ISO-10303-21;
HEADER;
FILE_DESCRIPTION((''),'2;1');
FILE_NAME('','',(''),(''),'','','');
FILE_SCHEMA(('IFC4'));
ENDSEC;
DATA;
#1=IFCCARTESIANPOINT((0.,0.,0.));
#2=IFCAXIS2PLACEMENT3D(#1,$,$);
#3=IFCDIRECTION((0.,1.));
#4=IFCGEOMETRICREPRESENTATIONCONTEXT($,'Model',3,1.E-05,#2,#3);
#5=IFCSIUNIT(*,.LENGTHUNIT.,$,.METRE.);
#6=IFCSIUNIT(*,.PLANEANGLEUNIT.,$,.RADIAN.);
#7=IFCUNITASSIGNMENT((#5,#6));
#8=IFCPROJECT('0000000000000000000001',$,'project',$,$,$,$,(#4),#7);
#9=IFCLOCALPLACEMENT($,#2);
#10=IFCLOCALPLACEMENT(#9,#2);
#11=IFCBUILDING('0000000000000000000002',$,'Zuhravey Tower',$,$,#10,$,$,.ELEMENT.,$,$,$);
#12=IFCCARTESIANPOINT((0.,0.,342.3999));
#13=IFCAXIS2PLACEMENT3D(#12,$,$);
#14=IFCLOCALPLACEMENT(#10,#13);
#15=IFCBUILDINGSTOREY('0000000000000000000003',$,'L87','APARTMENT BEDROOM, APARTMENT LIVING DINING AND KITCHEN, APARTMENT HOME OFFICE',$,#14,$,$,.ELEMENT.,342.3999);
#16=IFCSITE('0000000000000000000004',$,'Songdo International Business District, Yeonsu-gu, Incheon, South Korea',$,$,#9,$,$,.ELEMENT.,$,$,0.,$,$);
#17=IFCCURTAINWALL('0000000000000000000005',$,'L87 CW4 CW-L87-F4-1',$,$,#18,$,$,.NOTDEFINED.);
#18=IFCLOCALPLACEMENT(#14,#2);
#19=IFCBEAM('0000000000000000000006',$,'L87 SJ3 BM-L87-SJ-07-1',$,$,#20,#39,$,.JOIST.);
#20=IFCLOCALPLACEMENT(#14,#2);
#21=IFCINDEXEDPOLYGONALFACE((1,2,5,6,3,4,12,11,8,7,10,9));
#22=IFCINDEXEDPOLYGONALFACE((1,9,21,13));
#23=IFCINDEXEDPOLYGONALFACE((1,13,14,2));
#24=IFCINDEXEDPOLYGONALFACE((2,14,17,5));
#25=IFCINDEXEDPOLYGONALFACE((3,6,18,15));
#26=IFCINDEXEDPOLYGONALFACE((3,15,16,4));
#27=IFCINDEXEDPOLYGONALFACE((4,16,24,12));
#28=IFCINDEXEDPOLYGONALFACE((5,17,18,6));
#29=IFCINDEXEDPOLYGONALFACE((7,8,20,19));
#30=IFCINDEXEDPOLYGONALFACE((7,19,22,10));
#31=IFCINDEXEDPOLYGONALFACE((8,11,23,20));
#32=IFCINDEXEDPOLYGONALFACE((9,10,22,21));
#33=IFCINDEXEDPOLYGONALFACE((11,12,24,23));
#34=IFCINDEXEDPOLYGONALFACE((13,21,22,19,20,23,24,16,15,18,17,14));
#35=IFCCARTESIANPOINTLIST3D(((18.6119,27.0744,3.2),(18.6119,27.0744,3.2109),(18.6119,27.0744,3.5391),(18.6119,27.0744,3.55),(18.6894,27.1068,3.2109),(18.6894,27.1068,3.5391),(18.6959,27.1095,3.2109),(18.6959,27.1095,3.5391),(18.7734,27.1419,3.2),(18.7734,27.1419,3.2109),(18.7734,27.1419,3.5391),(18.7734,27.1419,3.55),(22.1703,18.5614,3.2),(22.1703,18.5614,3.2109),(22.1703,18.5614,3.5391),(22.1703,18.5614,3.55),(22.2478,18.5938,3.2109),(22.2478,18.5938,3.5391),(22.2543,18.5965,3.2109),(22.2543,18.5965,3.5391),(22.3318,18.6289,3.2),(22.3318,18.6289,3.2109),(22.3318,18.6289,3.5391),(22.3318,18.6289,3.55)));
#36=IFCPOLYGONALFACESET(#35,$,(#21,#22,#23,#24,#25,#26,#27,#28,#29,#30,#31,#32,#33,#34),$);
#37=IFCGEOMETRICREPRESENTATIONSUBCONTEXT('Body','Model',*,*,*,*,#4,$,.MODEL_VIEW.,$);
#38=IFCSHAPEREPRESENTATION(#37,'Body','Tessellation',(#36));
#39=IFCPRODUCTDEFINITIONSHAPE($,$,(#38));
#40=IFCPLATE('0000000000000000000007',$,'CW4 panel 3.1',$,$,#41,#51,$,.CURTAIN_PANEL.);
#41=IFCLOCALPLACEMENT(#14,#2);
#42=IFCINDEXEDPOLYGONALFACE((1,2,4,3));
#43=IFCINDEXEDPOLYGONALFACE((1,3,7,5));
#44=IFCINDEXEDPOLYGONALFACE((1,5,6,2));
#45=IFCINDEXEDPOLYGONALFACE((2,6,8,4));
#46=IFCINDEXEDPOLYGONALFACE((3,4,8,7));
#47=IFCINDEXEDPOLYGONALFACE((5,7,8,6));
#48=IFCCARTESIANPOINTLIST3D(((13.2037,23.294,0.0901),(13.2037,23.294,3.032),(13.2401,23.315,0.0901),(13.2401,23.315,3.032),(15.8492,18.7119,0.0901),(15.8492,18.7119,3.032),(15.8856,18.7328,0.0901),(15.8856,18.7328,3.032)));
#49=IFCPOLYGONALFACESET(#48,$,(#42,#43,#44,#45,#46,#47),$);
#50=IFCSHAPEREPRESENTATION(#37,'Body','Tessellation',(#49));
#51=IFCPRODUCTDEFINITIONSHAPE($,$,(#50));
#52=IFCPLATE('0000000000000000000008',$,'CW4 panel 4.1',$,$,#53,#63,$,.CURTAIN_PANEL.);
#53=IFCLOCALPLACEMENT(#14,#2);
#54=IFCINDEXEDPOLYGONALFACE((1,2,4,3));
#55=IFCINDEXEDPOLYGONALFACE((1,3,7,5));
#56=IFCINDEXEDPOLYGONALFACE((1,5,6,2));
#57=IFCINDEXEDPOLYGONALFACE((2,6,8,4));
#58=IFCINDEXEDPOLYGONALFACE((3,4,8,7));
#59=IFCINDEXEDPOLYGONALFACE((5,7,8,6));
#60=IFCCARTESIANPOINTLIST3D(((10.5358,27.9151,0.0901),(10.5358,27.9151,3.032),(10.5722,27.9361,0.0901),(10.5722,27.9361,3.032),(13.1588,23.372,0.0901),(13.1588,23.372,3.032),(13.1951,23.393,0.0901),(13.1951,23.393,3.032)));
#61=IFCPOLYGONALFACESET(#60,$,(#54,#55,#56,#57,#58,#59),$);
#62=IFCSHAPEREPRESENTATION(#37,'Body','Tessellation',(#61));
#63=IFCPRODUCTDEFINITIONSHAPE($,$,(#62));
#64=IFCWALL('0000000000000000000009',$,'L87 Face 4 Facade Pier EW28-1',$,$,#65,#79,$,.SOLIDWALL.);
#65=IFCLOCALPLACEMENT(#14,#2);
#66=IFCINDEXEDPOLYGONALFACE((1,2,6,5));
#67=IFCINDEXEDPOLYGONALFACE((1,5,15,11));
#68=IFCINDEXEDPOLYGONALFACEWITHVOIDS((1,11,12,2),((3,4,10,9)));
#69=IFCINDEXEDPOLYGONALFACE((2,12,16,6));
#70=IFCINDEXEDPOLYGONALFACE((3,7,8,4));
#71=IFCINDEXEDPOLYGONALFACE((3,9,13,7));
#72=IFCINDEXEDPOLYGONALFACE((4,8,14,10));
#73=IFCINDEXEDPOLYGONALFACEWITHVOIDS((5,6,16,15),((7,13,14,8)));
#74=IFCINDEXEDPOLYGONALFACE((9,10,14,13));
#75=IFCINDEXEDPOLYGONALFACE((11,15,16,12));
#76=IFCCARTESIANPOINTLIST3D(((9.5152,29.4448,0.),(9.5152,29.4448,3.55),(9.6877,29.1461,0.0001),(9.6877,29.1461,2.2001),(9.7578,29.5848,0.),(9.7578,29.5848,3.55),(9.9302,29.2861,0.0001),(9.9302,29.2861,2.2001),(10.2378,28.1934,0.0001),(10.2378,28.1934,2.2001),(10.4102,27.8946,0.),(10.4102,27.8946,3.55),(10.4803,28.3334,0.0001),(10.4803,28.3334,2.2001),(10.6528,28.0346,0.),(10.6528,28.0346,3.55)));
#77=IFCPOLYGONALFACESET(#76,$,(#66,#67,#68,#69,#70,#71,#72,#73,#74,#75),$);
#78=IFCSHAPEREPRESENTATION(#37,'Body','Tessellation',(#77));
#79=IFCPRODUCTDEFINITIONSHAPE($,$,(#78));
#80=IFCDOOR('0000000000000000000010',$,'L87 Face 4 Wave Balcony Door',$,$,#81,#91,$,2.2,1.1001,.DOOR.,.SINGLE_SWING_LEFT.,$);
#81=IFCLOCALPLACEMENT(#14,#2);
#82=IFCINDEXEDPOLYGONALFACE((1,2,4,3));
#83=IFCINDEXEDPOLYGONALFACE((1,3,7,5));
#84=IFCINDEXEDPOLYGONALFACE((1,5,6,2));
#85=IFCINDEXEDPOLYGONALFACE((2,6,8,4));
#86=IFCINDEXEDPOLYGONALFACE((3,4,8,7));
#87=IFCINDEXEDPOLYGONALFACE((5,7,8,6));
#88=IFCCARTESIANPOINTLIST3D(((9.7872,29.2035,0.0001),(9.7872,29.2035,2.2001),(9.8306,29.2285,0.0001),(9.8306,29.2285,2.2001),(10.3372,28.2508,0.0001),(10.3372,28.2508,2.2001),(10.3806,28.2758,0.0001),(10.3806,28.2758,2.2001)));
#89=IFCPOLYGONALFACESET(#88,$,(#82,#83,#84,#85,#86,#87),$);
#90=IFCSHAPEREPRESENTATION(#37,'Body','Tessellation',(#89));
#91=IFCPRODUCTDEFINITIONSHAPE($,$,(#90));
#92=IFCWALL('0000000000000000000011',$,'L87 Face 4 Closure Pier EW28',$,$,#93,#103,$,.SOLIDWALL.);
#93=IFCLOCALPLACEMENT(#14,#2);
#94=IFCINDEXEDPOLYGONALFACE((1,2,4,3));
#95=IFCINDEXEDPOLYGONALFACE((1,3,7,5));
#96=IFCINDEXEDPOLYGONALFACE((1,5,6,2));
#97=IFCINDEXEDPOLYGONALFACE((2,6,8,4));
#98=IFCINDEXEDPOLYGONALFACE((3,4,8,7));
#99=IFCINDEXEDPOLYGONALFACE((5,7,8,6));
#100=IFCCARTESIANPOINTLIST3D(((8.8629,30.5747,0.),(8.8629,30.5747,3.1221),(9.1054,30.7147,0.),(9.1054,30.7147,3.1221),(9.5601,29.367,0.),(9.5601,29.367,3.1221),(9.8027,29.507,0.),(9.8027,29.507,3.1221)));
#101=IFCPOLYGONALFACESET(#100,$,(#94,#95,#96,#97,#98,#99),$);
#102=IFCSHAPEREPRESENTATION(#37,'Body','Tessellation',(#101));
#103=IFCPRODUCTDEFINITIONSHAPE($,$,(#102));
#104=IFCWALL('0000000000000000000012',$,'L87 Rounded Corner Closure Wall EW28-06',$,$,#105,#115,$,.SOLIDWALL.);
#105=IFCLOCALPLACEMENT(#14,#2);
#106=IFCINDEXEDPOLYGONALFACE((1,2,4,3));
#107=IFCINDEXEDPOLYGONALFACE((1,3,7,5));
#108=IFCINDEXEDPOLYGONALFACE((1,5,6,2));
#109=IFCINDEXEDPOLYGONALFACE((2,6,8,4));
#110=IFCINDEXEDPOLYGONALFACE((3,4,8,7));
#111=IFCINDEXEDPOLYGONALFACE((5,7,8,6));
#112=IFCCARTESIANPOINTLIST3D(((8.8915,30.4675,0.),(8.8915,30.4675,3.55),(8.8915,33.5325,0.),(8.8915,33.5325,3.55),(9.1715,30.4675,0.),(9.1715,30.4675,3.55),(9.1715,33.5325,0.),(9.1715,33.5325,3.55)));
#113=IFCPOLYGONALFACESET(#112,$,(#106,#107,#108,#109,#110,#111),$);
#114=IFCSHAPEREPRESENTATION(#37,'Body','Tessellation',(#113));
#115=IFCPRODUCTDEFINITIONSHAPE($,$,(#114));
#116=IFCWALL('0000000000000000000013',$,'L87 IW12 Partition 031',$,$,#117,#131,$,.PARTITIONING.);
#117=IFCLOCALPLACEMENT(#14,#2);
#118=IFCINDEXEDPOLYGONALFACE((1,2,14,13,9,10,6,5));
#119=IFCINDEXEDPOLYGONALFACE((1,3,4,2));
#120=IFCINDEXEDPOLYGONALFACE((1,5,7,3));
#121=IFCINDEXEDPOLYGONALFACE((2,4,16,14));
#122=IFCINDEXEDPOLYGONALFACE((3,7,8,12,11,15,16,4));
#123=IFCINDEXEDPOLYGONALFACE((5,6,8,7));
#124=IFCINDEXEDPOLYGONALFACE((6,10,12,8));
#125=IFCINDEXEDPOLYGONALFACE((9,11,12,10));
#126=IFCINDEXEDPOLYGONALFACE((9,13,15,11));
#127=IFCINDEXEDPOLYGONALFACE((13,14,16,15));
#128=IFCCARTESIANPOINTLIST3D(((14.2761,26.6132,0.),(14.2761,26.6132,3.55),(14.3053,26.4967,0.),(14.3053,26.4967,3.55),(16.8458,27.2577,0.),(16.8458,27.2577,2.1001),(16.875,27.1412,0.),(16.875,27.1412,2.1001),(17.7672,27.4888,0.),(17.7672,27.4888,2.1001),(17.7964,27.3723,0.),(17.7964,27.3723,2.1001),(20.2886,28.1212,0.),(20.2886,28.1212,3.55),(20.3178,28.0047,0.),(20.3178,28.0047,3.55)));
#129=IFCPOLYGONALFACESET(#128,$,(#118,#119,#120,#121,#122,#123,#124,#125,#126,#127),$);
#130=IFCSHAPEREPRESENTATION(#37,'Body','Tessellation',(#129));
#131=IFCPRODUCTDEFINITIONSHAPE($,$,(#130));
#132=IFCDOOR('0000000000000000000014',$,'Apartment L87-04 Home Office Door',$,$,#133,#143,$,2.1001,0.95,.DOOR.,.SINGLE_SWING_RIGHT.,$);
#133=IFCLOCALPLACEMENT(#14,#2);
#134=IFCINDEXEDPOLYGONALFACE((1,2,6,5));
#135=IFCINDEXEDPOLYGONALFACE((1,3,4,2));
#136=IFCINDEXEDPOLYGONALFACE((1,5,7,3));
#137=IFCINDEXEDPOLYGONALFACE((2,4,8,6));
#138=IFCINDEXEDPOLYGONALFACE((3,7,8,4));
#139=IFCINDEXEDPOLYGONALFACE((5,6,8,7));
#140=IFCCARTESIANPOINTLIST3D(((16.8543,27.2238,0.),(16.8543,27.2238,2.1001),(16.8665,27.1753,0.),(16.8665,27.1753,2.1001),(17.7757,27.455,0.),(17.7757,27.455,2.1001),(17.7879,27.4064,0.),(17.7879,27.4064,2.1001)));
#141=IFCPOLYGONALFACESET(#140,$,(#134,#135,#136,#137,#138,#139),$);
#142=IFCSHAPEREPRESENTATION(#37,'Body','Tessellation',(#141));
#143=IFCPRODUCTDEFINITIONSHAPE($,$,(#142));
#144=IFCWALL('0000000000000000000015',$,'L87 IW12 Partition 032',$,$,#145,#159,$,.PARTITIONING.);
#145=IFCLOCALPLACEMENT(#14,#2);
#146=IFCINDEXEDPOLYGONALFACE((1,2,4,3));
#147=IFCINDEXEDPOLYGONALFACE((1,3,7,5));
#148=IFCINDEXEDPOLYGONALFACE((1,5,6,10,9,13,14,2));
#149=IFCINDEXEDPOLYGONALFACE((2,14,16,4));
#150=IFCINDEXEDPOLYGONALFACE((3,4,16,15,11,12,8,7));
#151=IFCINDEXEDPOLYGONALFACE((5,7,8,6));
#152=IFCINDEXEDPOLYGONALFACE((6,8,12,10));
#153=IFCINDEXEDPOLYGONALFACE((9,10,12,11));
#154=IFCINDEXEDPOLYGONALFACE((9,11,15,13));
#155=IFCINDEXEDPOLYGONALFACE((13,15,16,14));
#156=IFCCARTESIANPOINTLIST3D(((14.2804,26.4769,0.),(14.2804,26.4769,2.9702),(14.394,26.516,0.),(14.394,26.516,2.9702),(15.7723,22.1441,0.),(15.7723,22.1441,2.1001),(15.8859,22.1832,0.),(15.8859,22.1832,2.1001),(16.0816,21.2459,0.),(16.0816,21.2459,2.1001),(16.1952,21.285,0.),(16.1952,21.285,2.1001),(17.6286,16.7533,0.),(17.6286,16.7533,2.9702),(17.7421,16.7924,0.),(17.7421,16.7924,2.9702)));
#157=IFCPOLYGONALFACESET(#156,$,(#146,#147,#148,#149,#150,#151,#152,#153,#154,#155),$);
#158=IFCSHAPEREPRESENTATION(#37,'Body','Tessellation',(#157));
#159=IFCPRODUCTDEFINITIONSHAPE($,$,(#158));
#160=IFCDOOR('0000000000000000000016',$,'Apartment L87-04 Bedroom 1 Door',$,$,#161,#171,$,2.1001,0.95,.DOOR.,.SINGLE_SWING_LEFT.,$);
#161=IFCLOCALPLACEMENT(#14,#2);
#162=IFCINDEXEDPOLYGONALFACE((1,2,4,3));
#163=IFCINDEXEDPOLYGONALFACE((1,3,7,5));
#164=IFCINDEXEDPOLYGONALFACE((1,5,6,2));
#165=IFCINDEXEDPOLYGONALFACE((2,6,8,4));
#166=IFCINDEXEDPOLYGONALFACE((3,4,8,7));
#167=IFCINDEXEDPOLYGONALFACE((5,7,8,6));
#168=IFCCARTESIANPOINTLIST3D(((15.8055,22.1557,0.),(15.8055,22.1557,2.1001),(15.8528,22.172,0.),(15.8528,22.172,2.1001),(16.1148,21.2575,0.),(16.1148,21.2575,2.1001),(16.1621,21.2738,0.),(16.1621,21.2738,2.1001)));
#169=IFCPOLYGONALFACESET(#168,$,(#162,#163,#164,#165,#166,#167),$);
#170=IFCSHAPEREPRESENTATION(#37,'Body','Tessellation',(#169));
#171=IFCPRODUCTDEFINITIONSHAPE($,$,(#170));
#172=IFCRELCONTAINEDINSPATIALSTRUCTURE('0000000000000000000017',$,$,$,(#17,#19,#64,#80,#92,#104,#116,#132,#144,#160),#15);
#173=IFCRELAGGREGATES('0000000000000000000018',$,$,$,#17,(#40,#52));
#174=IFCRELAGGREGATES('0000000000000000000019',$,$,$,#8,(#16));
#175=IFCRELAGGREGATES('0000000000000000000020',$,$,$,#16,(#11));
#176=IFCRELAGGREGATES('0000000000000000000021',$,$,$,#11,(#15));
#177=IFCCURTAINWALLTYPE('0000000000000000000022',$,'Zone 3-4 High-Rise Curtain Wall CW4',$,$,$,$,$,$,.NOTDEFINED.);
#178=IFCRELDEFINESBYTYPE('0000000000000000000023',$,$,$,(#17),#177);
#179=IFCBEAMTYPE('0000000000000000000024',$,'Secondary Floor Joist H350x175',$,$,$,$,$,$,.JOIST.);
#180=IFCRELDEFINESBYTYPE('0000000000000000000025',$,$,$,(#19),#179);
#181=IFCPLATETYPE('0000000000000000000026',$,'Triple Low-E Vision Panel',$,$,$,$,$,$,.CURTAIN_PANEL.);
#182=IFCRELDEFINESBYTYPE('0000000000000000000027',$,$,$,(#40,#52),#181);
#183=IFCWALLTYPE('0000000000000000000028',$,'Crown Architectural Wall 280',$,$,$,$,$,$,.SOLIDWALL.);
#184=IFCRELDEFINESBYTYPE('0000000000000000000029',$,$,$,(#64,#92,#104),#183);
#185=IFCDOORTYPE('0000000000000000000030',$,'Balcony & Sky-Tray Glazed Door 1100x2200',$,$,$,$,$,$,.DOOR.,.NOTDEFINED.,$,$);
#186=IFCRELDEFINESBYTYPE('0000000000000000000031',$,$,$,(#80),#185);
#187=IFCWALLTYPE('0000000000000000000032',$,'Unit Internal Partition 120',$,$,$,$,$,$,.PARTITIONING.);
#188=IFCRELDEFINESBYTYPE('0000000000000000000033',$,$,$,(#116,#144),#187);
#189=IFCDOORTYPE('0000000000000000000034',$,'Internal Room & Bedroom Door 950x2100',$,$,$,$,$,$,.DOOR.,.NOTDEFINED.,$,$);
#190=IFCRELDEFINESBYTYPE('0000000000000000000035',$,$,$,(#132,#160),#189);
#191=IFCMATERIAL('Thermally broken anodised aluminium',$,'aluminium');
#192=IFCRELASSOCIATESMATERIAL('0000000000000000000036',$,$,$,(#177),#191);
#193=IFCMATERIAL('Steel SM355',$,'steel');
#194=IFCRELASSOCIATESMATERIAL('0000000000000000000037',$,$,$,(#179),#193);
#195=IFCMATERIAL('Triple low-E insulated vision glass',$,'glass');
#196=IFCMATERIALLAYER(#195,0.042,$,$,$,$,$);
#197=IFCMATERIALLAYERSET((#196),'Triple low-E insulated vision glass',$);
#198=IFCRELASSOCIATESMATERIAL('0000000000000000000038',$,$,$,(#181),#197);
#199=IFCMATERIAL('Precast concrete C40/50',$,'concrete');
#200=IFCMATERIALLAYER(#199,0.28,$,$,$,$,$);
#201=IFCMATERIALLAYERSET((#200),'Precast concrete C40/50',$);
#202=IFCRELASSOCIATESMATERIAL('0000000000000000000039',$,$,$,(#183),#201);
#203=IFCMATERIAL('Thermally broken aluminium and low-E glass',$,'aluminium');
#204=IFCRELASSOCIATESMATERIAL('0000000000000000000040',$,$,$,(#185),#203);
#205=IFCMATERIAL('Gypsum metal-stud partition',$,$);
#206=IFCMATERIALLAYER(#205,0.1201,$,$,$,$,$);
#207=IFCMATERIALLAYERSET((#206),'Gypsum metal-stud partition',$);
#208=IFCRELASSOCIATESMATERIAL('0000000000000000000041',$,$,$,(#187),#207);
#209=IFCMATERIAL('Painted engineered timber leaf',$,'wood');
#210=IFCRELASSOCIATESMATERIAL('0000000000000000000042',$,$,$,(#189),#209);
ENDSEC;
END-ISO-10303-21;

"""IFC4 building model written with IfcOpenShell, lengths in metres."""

from ifc_helpers import new_model, si_unit, direction, frame, frame_2d, origin, origin_2d, place, context, subcontext, project, spatial, rectangle, i_section, extrude, material, layer, layer_set, material_profile, profile_set, type_object, element, fill, aggregate, save


model = new_model("IFC4")

# Units and contexts
model_context = context("Model", 3, precision=1e-05, world=origin(), true_north=direction((0.0, 1.0)))
body_context = subcontext(model_context, "Body", "Model", "MODEL_VIEW")
ifc_project = project(units=[si_unit("LENGTHUNIT", "METRE"), si_unit("PLANEANGLEUNIT", "RADIAN")], contexts=[model_context])

# Site, building, storey
site_placement = place(None, origin())
site = spatial("IfcSite", under=ifc_project, at=site_placement, Name="Songdo International Business District, Yeonsu-gu, Incheon, South Korea", CompositionType="ELEMENT", RefElevation=0.0)
building_placement = place(site_placement, origin())
building = spatial("IfcBuilding", under=site, at=building_placement, Name="Zuhravey Tower", CompositionType="ELEMENT")
storey_placement = place(building_placement, frame((0.0, 0.0, 342.3999)))
storey = spatial("IfcBuildingStorey", under=building, at=storey_placement, Name="L87", Description="APARTMENT BEDROOM, APARTMENT LIVING DINING AND KITCHEN, APARTMENT HOME OFFICE", CompositionType="ELEMENT", Elevation=342.3999)

# Curtain wall
ifc_material_1 = material(Name="Thermally broken anodised aluminium", Category="aluminium")
curtain_wall_type = type_object("IfcCurtainWallType", Name="Zone 3-4 High-Rise Curtain Wall CW4", PredefinedType="NOTDEFINED", material=ifc_material_1)
curtain_wall_placement = place(storey_placement, origin())
curtain_wall = element("IfcCurtainWall", 1, at=curtain_wall_placement, inside=storey, type_object=curtain_wall_type, Name="L87 CW4 CW-L87-F4-1", PredefinedType="NOTDEFINED")

# Beam
ifc_material_2 = material(Name="Steel SM355", Category="steel")
ifc_material_profile_1 = material_profile(ifc_material_2, i_section(OverallWidth=0.175, OverallDepth=0.3501, WebThickness=0.0071, FlangeThickness=0.011, at=origin_2d()), Name="H-350x175x7x11")
ifc_profile_set_1 = profile_set([ifc_material_profile_1], Name="Steel SM355")
beam_type_1 = type_object("IfcBeamType", Name="Secondary Floor Joist H350x175", PredefinedType="JOIST", material=ifc_profile_set_1)
beam_1_placement = place(storey_placement, frame((18.6926, 27.1082, 3.375), z_axis=(0.385658, -0.922642, 0.0), x_axis=(0.922642, 0.385658, 0.0)))
element("IfcBeam", 2, at=beam_1_placement, inside=storey, type_object=beam_type_1, Name="L87 SJ3 BM-L87-SJ-07-1", PredefinedType="JOIST", context=body_context, shape_type="SweptSolid", body=[
    extrude(i_section(OverallWidth=0.175, OverallDepth=0.3501, WebThickness=0.0071, FlangeThickness=0.011, at=origin_2d()), origin(), (0.0, 0.0, 1.0), 9.2268),
])

# Plates
ifc_material_3 = material(Name="Triple low-E insulated vision glass", Category="glass")
ifc_layer_1 = layer(ifc_material_3, 0.042)
ifc_layer_set_1 = layer_set([ifc_layer_1], Name="Triple low-E insulated vision glass")
plate_type = type_object("IfcPlateType", Name="Triple Low-E Vision Panel", PredefinedType="CURTAIN_PANEL", material=ifc_layer_set_1)
plate_1_placement = place(storey_placement, frame((14.5447, 21.0134, 0.0901), z_axis=(0.0, 0.0, 1.0), x_axis=(-0.499999, 0.866026, 0.0)))
plate_1 = element("IfcPlate", 3, at=plate_1_placement, type_object=plate_type, Name="CW4 panel 3.1", PredefinedType="CURTAIN_PANEL", context=body_context, shape_type="SweptSolid", body=[
    extrude(rectangle(XDim=5.291, YDim=0.042, at=origin_2d()), origin(), (0.0, 0.0, 1.0), 2.9419),
])
plate_2_placement = place(storey_placement, frame((11.8655, 25.6541, 0.0901), z_axis=(0.0, 0.0, 1.0), x_axis=(-0.499999, 0.866026, 0.0)))
plate_2 = element("IfcPlate", 4, at=plate_2_placement, type_object=plate_type, Name="CW4 panel 4.1", PredefinedType="CURTAIN_PANEL", context=body_context, shape_type="SweptSolid", body=[
    extrude(rectangle(XDim=5.2458, YDim=0.042, at=origin_2d()), origin(), (0.0, 0.0, 1.0), 2.9419),
])
aggregate(curtain_wall, [plate_1, plate_2])

# Wall, opening, door
ifc_material_4 = material(Name="Precast concrete C40/50", Category="concrete")
ifc_layer_2 = layer(ifc_material_4, 0.28)
ifc_layer_set_2 = layer_set([ifc_layer_2], Name="Precast concrete C40/50")
wall_type_1 = type_object("IfcWallType", Name="Crown Architectural Wall 280", PredefinedType="SOLIDWALL", material=ifc_layer_set_2)
wall_1_placement = place(storey_placement, frame((10.5315, 27.9646, 0.0), z_axis=(0.0, 0.0, 1.0), x_axis=(-0.499982, 0.866036, 0.0)))
wall_1 = element("IfcWall", 5, at=wall_1_placement, inside=storey, type_object=wall_type_1, Name="L87 Face 4 Facade Pier EW28-1", PredefinedType="SOLIDWALL", context=body_context, shape_type="SweptSolid", body=[
    extrude(rectangle(XDim=1.79, YDim=0.28, at=frame_2d((0.895, 0.0))), origin(), (0.0, 0.0, 1.0), 3.55),
])
opening_1_placement = place(wall_1_placement, frame((0.345, 0.0, 0.0)))
opening_1 = element("IfcOpeningElement", 6, at=opening_1_placement, cuts=wall_1, PredefinedType="OPENING", context=body_context, shape_type="SweptSolid", body=[
    extrude(rectangle(XDim=1.1001, YDim=2.2, at=frame_2d((0.55, 1.1001))), frame((0.0, 0.1521, 0.0), z_axis=(0.0, -1.0, 0.0), x_axis=(1.0, 0.0, 0.0)), (0.0, 0.0, 1.0), 0.304),
])
ifc_material_5 = material(Name="Thermally broken aluminium and low-E glass", Category="aluminium")
door_type_1 = type_object("IfcDoorType", Name="Balcony & Sky-Tray Glazed Door 1100x2200", OperationType="NOTDEFINED", PredefinedType="DOOR", material=ifc_material_5)
door_1_placement = place(opening_1_placement, frame((1.1001, 0.0, 0.0), z_axis=(0.0, 0.0, 1.0), x_axis=(-1.0, 0.0, 0.0)))
door_1 = element("IfcDoor", 7, at=door_1_placement, inside=storey, type_object=door_type_1, Name="L87 Face 4 Wave Balcony Door", OperationType="SINGLE_SWING_LEFT", OverallHeight=2.2, OverallWidth=1.1001, PredefinedType="DOOR", context=body_context, shape_type="SweptSolid", body=[
    extrude(rectangle(XDim=1.1001, YDim=2.2, at=frame_2d((0.55, 1.1001))), frame((0.0, 0.0249, 0.0), z_axis=(0.0, -1.0, 0.0), x_axis=(1.0, 0.0, 0.0)), (0.0, 0.0, 1.0), 0.05),
])
fill(opening_1, door_1)

# Walls
wall_2_placement = place(storey_placement, frame((9.6814, 29.437, 0.0), z_axis=(0.0, 0.0, 1.0), x_axis=(-0.49998, 0.866037, 0.0)))
element("IfcWall", 8, at=wall_2_placement, inside=storey, type_object=wall_type_1, Name="L87 Face 4 Closure Pier EW28", PredefinedType="SOLIDWALL", context=body_context, shape_type="SweptSolid", body=[
    extrude(rectangle(XDim=1.3945, YDim=0.28, at=frame_2d((0.6973, 0.0))), origin(), (0.0, 0.0, 1.0), 3.1221),
])
wall_3_placement = place(storey_placement, frame((9.0315, 30.4675, 0.0), z_axis=(0.0, 0.0, 1.0), x_axis=(0.0, 1.0, 0.0)))
element("IfcWall", 9, at=wall_3_placement, inside=storey, type_object=wall_type_1, Name="L87 Rounded Corner Closure Wall EW28-06", PredefinedType="SOLIDWALL", context=body_context, shape_type="SweptSolid", body=[
    extrude(rectangle(XDim=3.0649, YDim=0.28, at=frame_2d((1.5325, 0.0))), origin(), (0.0, 0.0, 1.0), 3.55),
])

# Walls, openings, doors
ifc_material_6 = material(Name="Gypsum metal-stud partition")
ifc_layer_3 = layer(ifc_material_6, 0.1201)
ifc_layer_set_3 = layer_set([ifc_layer_3], Name="Gypsum metal-stud partition")
wall_type_2 = type_object("IfcWallType", Name="Unit Internal Partition 120", PredefinedType="PARTITIONING", material=ifc_layer_set_3)
wall_4_placement = place(storey_placement, frame((20.3032, 28.063, 0.0), z_axis=(0.0, 0.0, 1.0), x_axis=(-0.969955, -0.243286, 0.0)))
wall_4 = element("IfcWall", 10, at=wall_4_placement, inside=storey, type_object=wall_type_2, Name="L87 IW12 Partition 031", PredefinedType="PARTITIONING", context=body_context, shape_type="SweptSolid", body=[
    extrude(rectangle(XDim=6.1987, YDim=0.1201, at=frame_2d((3.0994, 0.0))), origin(), (0.0, 0.0, 1.0), 3.55),
])
opening_2_placement = place(wall_4_placement, frame((2.5994, 0.0, 0.0)))
opening_2 = element("IfcOpeningElement", 11, at=opening_2_placement, cuts=wall_4, PredefinedType="OPENING", context=body_context, shape_type="SweptSolid", body=[
    extrude(rectangle(XDim=0.95, YDim=2.1001, at=frame_2d((0.4751, 1.05))), frame((0.0, 0.072, 0.0), z_axis=(0.0, -1.0, 0.0), x_axis=(1.0, 0.0, 0.0)), (0.0, 0.0, 1.0), 0.144),
])
ifc_material_7 = material(Name="Painted engineered timber leaf", Category="wood")
door_type_2 = type_object("IfcDoorType", Name="Internal Room & Bedroom Door 950x2100", OperationType="NOTDEFINED", PredefinedType="DOOR", material=ifc_material_7)
door_2_placement = place(opening_2_placement, origin())
door_2 = element("IfcDoor", 12, at=door_2_placement, inside=storey, type_object=door_type_2, Name="Apartment L87-04 Home Office Door", OperationType="SINGLE_SWING_RIGHT", OverallHeight=2.1001, OverallWidth=0.95, PredefinedType="DOOR", context=body_context, shape_type="SweptSolid", body=[
    extrude(rectangle(XDim=0.95, YDim=2.1001, at=frame_2d((0.4751, 1.05))), frame((0.0, 0.0249, 0.0), z_axis=(0.0, -1.0, 0.0), x_axis=(1.0, 0.0, 0.0)), (0.0, 0.0, 1.0), 0.05),
])
fill(opening_2, door_2)
wall_5_placement = place(storey_placement, frame((14.3372, 26.4966, 0.0), z_axis=(0.0, 0.0, 1.0), x_axis=(0.325571, -0.945518, 0.0)))
wall_5 = element("IfcWall", 13, at=wall_5_placement, inside=storey, type_object=wall_type_2, Name="L87 IW12 Partition 032", PredefinedType="PARTITIONING", context=body_context, shape_type="SweptSolid", body=[
    extrude(rectangle(XDim=10.2839, YDim=0.1201, at=frame_2d((5.1421, 0.0))), origin(), (0.0, 0.0, 1.0), 2.9702),
])
opening_3_placement = place(wall_5_placement, frame((4.5825, 0.0, 0.0)))
opening_3 = element("IfcOpeningElement", 14, at=opening_3_placement, cuts=wall_5, PredefinedType="OPENING", context=body_context, shape_type="SweptSolid", body=[
    extrude(rectangle(XDim=0.95, YDim=2.1001, at=frame_2d((0.4751, 1.05))), frame((0.0, 0.072, 0.0), z_axis=(0.0, -1.0, 0.0), x_axis=(1.0, 0.0, 0.0)), (0.0, 0.0, 1.0), 0.144),
])
door_3_placement = place(opening_3_placement, frame((0.95, 0.0, 0.0), z_axis=(0.0, 0.0, 1.0), x_axis=(-1.0, 0.0, 0.0)))
door_3 = element("IfcDoor", 15, at=door_3_placement, inside=storey, type_object=door_type_2, Name="Apartment L87-04 Bedroom 1 Door", OperationType="SINGLE_SWING_LEFT", OverallHeight=2.1001, OverallWidth=0.95, PredefinedType="DOOR", context=body_context, shape_type="SweptSolid", body=[
    extrude(rectangle(XDim=0.95, YDim=2.1001, at=frame_2d((0.4751, 1.05))), frame((0.0, 0.0249, 0.0), z_axis=(0.0, -1.0, 0.0), x_axis=(1.0, 0.0, 0.0)), (0.0, 0.0, 1.0), 0.05),
])
fill(opening_3, door_3)

save(model, "model.ifc")
